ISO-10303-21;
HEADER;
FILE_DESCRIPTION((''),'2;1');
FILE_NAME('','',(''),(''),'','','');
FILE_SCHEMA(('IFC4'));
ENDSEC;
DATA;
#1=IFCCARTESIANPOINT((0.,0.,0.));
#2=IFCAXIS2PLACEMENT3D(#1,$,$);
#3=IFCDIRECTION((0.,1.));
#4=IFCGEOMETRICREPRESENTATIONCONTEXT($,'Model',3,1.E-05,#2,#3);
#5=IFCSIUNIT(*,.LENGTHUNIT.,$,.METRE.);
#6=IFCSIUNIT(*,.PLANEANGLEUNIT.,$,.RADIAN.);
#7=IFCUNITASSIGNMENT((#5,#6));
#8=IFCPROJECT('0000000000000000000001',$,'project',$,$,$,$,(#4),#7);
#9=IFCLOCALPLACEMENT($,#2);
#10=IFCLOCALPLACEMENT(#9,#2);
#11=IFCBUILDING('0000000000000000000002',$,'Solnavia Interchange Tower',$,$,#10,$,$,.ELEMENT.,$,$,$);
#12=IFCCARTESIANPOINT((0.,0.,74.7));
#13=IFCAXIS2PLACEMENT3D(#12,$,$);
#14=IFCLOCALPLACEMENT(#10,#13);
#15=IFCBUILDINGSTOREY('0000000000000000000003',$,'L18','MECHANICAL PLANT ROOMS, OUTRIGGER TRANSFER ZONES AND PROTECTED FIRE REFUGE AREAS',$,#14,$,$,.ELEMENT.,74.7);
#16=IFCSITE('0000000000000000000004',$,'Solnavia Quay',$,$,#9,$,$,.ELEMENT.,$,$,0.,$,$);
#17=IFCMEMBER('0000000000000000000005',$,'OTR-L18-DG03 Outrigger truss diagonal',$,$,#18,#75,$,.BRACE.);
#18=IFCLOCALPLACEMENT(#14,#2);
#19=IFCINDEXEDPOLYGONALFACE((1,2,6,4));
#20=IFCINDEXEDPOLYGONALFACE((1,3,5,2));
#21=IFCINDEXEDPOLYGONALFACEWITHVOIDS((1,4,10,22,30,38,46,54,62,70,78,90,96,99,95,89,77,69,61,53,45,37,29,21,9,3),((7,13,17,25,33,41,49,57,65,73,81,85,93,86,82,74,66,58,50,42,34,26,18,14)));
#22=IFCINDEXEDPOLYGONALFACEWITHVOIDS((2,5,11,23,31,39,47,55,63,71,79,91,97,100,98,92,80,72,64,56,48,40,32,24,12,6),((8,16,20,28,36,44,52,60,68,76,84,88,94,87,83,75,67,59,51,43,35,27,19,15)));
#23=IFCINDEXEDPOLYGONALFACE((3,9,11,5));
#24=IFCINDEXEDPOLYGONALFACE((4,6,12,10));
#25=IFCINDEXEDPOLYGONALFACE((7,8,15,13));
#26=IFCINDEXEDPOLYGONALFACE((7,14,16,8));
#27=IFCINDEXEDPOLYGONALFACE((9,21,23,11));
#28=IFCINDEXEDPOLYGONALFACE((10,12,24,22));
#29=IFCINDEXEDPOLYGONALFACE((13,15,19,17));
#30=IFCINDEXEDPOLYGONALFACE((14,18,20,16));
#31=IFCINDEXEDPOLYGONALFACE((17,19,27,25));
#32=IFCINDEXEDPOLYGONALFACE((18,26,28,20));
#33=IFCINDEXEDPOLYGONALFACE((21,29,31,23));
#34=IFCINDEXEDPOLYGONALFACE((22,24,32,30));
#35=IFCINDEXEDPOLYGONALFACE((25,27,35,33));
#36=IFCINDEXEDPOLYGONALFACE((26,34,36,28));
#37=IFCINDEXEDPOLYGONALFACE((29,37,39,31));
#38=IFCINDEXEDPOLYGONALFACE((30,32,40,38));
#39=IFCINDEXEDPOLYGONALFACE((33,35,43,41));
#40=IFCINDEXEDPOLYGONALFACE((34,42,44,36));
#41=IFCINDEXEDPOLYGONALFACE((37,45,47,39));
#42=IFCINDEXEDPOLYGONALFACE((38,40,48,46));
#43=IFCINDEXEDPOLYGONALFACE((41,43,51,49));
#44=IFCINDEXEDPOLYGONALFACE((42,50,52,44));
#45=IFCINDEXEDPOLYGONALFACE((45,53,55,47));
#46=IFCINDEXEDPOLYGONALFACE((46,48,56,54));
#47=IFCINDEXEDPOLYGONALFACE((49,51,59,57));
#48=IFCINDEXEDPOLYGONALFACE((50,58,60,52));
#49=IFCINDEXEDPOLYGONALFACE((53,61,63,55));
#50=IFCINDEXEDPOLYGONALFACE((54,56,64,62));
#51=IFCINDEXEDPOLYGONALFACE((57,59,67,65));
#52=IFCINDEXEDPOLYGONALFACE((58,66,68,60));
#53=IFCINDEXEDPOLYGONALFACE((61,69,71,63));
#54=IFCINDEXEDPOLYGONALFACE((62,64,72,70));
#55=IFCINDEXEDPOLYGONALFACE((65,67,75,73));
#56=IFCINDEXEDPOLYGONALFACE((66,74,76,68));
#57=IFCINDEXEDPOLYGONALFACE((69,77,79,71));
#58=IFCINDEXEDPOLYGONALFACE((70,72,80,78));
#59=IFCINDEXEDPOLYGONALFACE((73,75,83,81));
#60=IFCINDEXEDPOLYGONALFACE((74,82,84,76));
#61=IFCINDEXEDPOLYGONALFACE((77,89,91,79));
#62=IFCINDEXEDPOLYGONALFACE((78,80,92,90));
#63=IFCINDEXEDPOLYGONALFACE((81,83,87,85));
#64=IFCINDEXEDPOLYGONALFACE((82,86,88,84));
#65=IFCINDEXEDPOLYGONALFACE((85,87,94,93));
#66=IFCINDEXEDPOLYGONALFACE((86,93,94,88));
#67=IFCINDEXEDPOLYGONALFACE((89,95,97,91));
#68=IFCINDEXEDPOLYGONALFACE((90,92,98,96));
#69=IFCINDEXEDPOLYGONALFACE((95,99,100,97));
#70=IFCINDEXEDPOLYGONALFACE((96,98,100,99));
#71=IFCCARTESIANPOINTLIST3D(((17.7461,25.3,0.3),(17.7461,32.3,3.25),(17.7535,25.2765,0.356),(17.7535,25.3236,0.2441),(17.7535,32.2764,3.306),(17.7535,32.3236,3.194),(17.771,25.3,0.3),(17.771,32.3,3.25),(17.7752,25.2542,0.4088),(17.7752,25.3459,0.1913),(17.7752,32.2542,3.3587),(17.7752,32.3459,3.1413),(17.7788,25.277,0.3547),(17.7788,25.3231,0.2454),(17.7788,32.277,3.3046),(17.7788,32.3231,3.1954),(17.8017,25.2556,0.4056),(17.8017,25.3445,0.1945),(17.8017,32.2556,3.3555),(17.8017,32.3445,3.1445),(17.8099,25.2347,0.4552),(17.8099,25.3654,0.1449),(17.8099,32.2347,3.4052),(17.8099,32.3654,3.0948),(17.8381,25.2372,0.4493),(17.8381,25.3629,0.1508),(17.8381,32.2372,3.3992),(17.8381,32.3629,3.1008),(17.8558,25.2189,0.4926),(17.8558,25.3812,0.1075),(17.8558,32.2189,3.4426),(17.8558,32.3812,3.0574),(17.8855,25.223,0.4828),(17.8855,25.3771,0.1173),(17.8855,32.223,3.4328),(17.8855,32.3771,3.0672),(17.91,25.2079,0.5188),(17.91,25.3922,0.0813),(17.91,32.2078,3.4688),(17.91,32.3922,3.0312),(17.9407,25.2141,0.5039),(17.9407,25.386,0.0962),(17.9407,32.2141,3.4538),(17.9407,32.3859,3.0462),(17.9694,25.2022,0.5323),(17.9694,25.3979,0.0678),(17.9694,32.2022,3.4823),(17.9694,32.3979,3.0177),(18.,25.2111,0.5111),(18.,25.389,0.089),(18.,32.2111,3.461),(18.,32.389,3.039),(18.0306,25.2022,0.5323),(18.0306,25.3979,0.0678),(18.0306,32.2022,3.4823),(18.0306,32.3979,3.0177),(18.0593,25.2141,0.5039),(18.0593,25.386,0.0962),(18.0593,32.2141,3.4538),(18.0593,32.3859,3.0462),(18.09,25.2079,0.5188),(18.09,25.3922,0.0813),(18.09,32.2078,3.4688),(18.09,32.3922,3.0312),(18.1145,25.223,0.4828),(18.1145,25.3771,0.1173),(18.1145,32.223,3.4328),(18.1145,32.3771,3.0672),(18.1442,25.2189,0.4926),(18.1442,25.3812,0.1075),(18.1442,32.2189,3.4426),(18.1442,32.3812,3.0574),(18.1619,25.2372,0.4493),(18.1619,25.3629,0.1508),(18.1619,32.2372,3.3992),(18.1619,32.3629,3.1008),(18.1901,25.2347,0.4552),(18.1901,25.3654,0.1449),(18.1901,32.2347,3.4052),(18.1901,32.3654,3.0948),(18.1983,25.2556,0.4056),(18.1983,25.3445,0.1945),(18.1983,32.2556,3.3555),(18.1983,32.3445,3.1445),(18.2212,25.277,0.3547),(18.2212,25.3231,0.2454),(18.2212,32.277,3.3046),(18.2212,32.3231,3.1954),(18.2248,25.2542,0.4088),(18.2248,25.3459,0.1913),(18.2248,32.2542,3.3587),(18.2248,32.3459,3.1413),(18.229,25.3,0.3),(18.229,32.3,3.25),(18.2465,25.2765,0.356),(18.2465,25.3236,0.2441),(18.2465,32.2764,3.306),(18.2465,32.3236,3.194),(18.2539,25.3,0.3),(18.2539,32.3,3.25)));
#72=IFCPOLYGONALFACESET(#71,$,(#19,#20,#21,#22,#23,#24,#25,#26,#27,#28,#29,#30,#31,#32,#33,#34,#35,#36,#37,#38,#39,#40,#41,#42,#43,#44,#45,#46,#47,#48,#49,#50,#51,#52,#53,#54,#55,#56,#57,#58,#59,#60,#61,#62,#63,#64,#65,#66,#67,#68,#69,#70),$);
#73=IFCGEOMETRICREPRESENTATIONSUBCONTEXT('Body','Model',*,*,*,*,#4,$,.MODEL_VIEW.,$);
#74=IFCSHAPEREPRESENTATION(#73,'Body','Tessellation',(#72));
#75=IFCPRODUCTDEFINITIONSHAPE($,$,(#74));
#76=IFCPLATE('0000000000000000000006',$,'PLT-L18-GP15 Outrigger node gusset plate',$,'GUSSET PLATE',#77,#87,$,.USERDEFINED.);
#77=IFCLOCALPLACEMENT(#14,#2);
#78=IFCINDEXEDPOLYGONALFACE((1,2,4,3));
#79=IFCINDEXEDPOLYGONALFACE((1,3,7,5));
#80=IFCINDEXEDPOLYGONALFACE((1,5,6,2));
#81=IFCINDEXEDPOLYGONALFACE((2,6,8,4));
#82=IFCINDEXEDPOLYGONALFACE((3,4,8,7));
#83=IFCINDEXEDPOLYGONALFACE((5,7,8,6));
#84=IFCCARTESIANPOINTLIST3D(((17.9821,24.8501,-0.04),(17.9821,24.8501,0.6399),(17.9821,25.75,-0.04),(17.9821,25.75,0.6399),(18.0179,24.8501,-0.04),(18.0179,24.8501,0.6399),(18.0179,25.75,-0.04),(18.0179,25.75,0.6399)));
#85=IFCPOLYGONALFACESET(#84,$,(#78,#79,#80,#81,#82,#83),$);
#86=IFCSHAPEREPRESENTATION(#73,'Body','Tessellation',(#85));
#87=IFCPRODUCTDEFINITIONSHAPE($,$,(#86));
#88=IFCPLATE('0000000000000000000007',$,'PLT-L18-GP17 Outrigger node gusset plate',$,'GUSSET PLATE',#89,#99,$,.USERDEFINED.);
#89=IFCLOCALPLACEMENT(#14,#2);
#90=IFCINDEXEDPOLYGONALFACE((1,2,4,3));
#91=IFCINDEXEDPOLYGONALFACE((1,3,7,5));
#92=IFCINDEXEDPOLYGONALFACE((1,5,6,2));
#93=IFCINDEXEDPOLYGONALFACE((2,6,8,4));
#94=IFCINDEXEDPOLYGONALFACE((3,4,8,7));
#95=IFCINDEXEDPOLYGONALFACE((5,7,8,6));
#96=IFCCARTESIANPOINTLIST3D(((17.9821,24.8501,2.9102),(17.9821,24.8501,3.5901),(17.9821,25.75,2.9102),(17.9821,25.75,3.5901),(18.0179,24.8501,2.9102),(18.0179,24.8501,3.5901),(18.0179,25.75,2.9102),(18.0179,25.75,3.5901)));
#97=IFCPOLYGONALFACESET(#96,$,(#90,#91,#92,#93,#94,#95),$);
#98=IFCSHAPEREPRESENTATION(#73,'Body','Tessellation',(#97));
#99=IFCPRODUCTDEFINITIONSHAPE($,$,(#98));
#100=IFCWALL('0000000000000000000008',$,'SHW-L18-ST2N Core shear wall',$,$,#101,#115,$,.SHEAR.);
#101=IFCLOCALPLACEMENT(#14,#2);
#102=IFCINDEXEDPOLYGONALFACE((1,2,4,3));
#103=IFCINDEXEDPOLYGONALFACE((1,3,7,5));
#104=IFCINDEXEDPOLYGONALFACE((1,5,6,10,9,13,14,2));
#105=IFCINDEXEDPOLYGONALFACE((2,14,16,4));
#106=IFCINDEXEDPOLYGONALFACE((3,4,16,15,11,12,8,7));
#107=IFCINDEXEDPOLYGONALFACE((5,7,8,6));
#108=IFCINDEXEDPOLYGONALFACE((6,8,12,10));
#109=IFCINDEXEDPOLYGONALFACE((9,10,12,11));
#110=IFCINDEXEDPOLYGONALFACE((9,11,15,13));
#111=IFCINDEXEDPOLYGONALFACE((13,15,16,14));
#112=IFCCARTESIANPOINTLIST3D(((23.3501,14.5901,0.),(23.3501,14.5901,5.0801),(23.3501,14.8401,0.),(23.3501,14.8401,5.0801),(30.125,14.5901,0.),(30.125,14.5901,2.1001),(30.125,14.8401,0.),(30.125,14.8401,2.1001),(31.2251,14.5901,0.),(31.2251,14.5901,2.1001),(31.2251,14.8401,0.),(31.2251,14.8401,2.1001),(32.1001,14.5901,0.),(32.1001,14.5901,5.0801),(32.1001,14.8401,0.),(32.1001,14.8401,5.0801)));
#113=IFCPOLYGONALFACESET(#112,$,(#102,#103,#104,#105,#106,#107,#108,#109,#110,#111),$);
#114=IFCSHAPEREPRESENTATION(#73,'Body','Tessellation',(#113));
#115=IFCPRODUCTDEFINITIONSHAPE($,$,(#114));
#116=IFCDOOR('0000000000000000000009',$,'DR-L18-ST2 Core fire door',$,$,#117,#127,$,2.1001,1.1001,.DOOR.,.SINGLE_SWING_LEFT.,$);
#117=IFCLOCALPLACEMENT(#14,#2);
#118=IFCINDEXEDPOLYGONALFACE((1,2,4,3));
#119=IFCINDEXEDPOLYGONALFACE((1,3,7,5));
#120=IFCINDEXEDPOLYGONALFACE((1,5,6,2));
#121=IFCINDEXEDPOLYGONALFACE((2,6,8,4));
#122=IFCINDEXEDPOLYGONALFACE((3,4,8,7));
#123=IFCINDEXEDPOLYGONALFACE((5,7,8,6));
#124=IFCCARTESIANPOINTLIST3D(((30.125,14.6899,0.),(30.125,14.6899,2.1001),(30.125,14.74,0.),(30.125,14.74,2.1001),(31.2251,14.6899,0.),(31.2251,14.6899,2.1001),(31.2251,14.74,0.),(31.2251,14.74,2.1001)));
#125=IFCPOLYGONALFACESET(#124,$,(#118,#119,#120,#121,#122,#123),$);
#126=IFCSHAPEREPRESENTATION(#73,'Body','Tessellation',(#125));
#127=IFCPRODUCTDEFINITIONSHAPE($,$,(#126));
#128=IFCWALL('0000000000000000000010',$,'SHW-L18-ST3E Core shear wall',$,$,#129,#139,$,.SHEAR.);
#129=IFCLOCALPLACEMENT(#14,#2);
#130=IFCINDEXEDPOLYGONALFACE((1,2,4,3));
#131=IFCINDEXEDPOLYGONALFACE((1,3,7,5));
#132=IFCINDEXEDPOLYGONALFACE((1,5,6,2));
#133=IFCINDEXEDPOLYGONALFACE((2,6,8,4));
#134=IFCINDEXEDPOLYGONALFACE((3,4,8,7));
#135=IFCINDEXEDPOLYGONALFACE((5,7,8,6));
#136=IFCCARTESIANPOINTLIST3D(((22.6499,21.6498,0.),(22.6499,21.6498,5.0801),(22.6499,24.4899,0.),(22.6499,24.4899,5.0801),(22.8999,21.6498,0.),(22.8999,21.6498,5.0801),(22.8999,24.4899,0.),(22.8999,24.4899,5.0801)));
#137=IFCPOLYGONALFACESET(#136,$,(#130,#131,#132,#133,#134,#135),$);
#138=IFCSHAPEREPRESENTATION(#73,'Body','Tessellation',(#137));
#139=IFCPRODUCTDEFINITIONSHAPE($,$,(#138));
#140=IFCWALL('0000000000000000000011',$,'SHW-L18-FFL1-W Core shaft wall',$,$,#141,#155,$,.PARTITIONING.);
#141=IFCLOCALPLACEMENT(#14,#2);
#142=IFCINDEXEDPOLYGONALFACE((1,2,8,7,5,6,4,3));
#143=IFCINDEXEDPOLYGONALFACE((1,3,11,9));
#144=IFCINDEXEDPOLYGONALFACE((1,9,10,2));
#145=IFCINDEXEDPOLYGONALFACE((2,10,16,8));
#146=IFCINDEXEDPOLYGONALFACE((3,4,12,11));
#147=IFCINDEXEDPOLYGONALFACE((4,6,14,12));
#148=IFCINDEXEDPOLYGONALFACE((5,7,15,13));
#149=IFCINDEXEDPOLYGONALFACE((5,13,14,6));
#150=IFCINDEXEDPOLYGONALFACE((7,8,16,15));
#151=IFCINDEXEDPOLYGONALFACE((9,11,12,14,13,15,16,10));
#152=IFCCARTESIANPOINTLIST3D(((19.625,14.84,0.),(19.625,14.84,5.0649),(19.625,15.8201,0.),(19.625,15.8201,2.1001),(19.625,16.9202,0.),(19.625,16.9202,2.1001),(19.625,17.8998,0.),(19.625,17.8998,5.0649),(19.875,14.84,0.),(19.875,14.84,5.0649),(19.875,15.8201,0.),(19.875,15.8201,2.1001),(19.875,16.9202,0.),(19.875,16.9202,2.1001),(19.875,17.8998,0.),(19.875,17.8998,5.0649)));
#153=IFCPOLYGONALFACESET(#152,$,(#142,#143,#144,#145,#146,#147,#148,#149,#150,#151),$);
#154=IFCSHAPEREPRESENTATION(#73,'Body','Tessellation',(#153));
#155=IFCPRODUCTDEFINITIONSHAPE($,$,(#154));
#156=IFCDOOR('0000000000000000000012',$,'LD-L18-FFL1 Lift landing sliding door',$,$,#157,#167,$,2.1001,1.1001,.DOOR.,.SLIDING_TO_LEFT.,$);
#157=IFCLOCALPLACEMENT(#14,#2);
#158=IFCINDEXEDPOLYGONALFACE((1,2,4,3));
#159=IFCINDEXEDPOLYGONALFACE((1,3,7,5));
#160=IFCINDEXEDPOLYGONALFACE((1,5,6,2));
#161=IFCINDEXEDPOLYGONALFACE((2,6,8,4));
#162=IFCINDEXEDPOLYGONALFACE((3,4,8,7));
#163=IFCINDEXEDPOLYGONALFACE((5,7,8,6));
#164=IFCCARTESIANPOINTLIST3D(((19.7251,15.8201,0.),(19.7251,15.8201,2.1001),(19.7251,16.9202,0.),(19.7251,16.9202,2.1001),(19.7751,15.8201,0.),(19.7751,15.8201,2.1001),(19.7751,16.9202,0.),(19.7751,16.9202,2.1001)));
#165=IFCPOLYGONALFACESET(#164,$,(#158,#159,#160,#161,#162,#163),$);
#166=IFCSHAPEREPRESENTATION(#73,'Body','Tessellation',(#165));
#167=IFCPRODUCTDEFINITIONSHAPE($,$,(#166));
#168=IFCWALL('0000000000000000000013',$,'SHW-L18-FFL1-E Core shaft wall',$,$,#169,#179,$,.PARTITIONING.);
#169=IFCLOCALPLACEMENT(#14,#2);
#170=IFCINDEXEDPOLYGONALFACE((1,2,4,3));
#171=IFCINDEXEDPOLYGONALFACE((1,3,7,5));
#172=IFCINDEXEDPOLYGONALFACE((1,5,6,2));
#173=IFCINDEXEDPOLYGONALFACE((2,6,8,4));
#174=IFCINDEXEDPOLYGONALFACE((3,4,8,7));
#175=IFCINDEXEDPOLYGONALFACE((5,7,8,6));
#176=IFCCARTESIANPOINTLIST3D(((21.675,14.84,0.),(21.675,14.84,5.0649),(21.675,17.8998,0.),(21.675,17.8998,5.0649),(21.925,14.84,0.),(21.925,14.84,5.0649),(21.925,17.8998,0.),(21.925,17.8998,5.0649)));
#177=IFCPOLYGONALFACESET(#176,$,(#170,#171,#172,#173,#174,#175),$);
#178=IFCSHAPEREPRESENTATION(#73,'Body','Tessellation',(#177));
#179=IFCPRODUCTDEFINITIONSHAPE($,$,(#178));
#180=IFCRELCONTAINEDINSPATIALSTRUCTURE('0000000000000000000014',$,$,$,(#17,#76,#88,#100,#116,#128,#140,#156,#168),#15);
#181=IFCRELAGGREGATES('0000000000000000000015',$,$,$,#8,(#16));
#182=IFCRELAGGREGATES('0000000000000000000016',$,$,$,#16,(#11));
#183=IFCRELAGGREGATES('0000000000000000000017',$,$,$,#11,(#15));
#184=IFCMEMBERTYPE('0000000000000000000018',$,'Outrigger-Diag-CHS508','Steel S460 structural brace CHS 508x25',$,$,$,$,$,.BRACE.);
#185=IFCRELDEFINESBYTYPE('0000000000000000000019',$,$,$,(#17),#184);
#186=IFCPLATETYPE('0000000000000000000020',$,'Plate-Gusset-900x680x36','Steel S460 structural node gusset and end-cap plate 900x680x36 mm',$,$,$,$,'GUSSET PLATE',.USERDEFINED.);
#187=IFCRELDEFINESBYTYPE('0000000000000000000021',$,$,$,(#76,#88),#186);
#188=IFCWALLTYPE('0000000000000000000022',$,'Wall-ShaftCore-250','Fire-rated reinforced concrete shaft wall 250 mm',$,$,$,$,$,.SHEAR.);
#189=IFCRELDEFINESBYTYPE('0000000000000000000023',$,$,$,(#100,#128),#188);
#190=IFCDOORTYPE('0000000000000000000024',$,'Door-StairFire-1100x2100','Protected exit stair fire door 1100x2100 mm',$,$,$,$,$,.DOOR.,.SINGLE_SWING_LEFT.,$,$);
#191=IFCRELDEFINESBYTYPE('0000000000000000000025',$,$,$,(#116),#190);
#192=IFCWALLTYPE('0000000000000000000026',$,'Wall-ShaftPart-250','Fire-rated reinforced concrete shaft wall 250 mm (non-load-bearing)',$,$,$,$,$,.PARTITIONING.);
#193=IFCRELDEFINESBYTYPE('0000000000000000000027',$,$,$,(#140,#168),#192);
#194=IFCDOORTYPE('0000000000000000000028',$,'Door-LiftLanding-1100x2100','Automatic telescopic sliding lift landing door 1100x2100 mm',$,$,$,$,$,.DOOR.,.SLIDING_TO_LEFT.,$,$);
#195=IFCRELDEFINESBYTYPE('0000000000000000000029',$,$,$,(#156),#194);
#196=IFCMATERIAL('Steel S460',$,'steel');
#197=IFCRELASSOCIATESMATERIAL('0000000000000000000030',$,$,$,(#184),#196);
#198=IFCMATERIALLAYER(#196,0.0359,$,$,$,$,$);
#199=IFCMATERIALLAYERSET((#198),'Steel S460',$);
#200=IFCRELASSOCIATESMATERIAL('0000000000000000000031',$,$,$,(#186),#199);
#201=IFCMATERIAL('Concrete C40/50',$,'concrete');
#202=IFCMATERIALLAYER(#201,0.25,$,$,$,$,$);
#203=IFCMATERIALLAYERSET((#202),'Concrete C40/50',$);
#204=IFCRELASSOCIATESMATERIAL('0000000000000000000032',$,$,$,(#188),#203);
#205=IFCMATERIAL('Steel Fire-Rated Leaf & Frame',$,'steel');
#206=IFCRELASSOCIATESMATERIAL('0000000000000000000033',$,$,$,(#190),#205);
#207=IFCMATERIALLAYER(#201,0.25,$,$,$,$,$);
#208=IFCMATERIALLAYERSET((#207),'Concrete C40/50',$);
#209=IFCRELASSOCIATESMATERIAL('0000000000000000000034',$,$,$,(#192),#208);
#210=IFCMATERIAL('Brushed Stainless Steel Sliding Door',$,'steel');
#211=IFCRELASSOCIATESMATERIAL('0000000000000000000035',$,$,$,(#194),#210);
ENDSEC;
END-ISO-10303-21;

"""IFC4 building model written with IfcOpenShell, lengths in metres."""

from ifc_helpers import new_model, si_unit, direction, frame, frame_2d, origin, origin_2d, place, context, subcontext, project, spatial, rectangle, hollow_circle, extrude, material, layer, layer_set, material_profile, profile_set, type_object, element, fill, save


model = new_model("IFC4")

# Units and contexts
model_context = context("Model", 3, precision=1e-05, world=origin(), true_north=direction((0.0, 1.0)))
body_context = subcontext(model_context, "Body", "Model", "MODEL_VIEW")
ifc_project = project(units=[si_unit("LENGTHUNIT", "METRE"), si_unit("PLANEANGLEUNIT", "RADIAN")], contexts=[model_context])

# Site, building, storey
site_placement = place(None, origin())
site = spatial("IfcSite", under=ifc_project, at=site_placement, Name="Solnavia Quay", CompositionType="ELEMENT", RefElevation=0.0)
building_placement = place(site_placement, origin())
building = spatial("IfcBuilding", under=site, at=building_placement, Name="Solnavia Interchange Tower", CompositionType="ELEMENT")
storey_placement = place(building_placement, frame((0.0, 0.0, 74.7)))
storey = spatial("IfcBuildingStorey", under=building, at=storey_placement, Name="L18", Description="MECHANICAL PLANT ROOMS, OUTRIGGER TRANSFER ZONES AND PROTECTED FIRE REFUGE AREAS", CompositionType="ELEMENT", Elevation=74.7)

# Shared definitions
ifc_material_1 = material(Name="Steel S460", Category="steel")

# Member
ifc_material_profile_1 = material_profile(ifc_material_1, hollow_circle(Radius=0.2539, WallThickness=0.0249, at=origin_2d()), Name="CHS 508x25")
ifc_profile_set_1 = profile_set([ifc_material_profile_1], Name="Steel S460")
member_type_1 = type_object("IfcMemberType", Name="Outrigger-Diag-CHS508", Description="Steel S460 structural brace CHS 508x25", PredefinedType="BRACE", material=ifc_profile_set_1)
member_1_placement = place(storey_placement, frame((18.0, 25.3, 0.3), z_axis=(0.0, 0.921514, 0.388346), x_axis=(-1.0, 0.0, 0.0)))
element("IfcMember", 1, at=member_1_placement, inside=storey, type_object=member_type_1, Name="OTR-L18-DG03 Outrigger truss diagonal", PredefinedType="BRACE", context=body_context, shape_type="SweptSolid", body=[
    extrude(hollow_circle(Radius=0.2539, WallThickness=0.0249, at=origin_2d()), origin(), (0.0, 0.0, 1.0), 7.5962),
])

# Plates
ifc_layer_1 = layer(ifc_material_1, 0.0359)
ifc_layer_set_1 = layer_set([ifc_layer_1], Name="Steel S460")
plate_type = type_object("IfcPlateType", Name="Plate-Gusset-900x680x36", Description="Steel S460 structural node gusset and end-cap plate 900x680x36 mm", ElementType="GUSSET PLATE", PredefinedType="USERDEFINED", material=ifc_layer_set_1)
for number, where, z_axis, x_axis, name in (
    (2, (18.0, 25.3, -0.04), (0.0, 0.0, 1.0), (0.0, 1.0, 0.0), "PLT-L18-GP15 Outrigger node gusset plate"),
    (3, (18.0, 25.3, 2.9102), (0.0, 0.0, 1.0), (0.0, 1.0, 0.0), "PLT-L18-GP17 Outrigger node gusset plate"),
):
    element("IfcPlate", number, at=place(storey_placement, frame(where, z_axis=z_axis, x_axis=x_axis)), inside=storey, type_object=plate_type, Name=name, ObjectType="GUSSET PLATE", PredefinedType="USERDEFINED", context=body_context, shape_type="SweptSolid", body=[
        extrude(rectangle(XDim=0.8999, YDim=0.0359, at=origin_2d()), origin(), (0.0, 0.0, 1.0), 0.6799),
    ])

# Wall, opening, door
ifc_material_2 = material(Name="Concrete C40/50", Category="concrete")
ifc_layer_2 = layer(ifc_material_2, 0.25)
ifc_layer_set_2 = layer_set([ifc_layer_2], Name="Concrete C40/50")
wall_type_1 = type_object("IfcWallType", Name="Wall-ShaftCore-250", Description="Fire-rated reinforced concrete shaft wall 250 mm", PredefinedType="SHEAR", material=ifc_layer_set_2)
wall_1_placement = place(storey_placement, frame((23.3501, 14.7151, 0.0), z_axis=(0.0, 0.0, 1.0), x_axis=(1.0, 0.0, 0.0)))
wall_1 = element("IfcWall", 4, at=wall_1_placement, inside=storey, type_object=wall_type_1, Name="SHW-L18-ST2N Core shear wall", PredefinedType="SHEAR", context=body_context, shape_type="SweptSolid", body=[
    extrude(rectangle(XDim=8.75, YDim=0.25, at=frame_2d((4.375, 0.0))), origin(), (0.0, 0.0, 1.0), 5.0801),
])
opening_1_placement = place(wall_1_placement, frame((6.7749, 0.0, 0.0)))
opening_1 = element("IfcOpeningElement", 5, at=opening_1_placement, cuts=wall_1, PredefinedType="OPENING", context=body_context, shape_type="SweptSolid", body=[
    extrude(rectangle(XDim=1.1001, YDim=2.1001, at=frame_2d((0.55, 1.05))), frame((0.0, 0.135, 0.0), z_axis=(0.0, -1.0, 0.0), x_axis=(1.0, 0.0, 0.0)), (0.0, 0.0, 1.0), 0.27),
])
ifc_material_3 = material(Name="Steel Fire-Rated Leaf & Frame", Category="steel")
door_type_1 = type_object("IfcDoorType", Name="Door-StairFire-1100x2100", Description="Protected exit stair fire door 1100x2100 mm", OperationType="SINGLE_SWING_LEFT", PredefinedType="DOOR", material=ifc_material_3)
door_1_placement = place(opening_1_placement, origin())
door_1 = element("IfcDoor", 6, at=door_1_placement, inside=storey, type_object=door_type_1, Name="DR-L18-ST2 Core fire door", OperationType="SINGLE_SWING_LEFT", OverallHeight=2.1001, OverallWidth=1.1001, PredefinedType="DOOR", context=body_context, shape_type="SweptSolid", body=[
    extrude(rectangle(XDim=1.1001, YDim=2.1001, at=frame_2d((0.55, 1.05))), frame((0.0, 0.0249, 0.0), z_axis=(0.0, -1.0, 0.0), x_axis=(1.0, 0.0, 0.0)), (0.0, 0.0, 1.0), 0.05),
])
fill(opening_1, door_1)

# Wall
wall_2_placement = place(storey_placement, frame((22.7749, 21.6499, 0.0), z_axis=(0.0, 0.0, 1.0), x_axis=(0.0, 1.0, 0.0)))
element("IfcWall", 7, at=wall_2_placement, inside=storey, type_object=wall_type_1, Name="SHW-L18-ST3E Core shear wall", PredefinedType="SHEAR", context=body_context, shape_type="SweptSolid", body=[
    extrude(rectangle(XDim=2.8401, YDim=0.25, at=frame_2d((1.4199, 0.0))), origin(), (0.0, 0.0, 1.0), 5.0801),
])

# Wall, opening, door
ifc_layer_3 = layer(ifc_material_2, 0.25)
ifc_layer_set_3 = layer_set([ifc_layer_3], Name="Concrete C40/50")
wall_type_2 = type_object("IfcWallType", Name="Wall-ShaftPart-250", Description="Fire-rated reinforced concrete shaft wall 250 mm (non-load-bearing)", PredefinedType="PARTITIONING", material=ifc_layer_set_3)
wall_3_placement = place(storey_placement, frame((19.75, 14.8401, 0.0), z_axis=(0.0, 0.0, 1.0), x_axis=(0.0, 1.0, 0.0)))
wall_3 = element("IfcWall", 8, at=wall_3_placement, inside=storey, type_object=wall_type_2, Name="SHW-L18-FFL1-W Core shaft wall", PredefinedType="PARTITIONING", context=body_context, shape_type="SweptSolid", body=[
    extrude(rectangle(XDim=3.0598, YDim=0.25, at=frame_2d((1.5298, 0.0))), origin(), (0.0, 0.0, 1.0), 5.0649),
])
opening_2_placement = place(wall_3_placement, frame((0.98, 0.0, 0.0)))
opening_2 = element("IfcOpeningElement", 9, at=opening_2_placement, cuts=wall_3, PredefinedType="OPENING", context=body_context, shape_type="SweptSolid", body=[
    extrude(rectangle(XDim=1.1001, YDim=2.1001, at=frame_2d((0.55, 1.05))), frame((0.0, 0.135, 0.0), z_axis=(0.0, -1.0, 0.0), x_axis=(1.0, 0.0, 0.0)), (0.0, 0.0, 1.0), 0.27),
])
ifc_material_4 = material(Name="Brushed Stainless Steel Sliding Door", Category="steel")
door_type_2 = type_object("IfcDoorType", Name="Door-LiftLanding-1100x2100", Description="Automatic telescopic sliding lift landing door 1100x2100 mm", OperationType="SLIDING_TO_LEFT", PredefinedType="DOOR", material=ifc_material_4)
door_2_placement = place(opening_2_placement, origin())
door_2 = element("IfcDoor", 10, at=door_2_placement, inside=storey, type_object=door_type_2, Name="LD-L18-FFL1 Lift landing sliding door", OperationType="SLIDING_TO_LEFT", OverallHeight=2.1001, OverallWidth=1.1001, PredefinedType="DOOR", context=body_context, shape_type="SweptSolid", body=[
    extrude(rectangle(XDim=1.1001, YDim=2.1001, at=frame_2d((0.55, 1.05))), frame((0.0, 0.0249, 0.0), z_axis=(0.0, -1.0, 0.0), x_axis=(1.0, 0.0, 0.0)), (0.0, 0.0, 1.0), 0.05),
])
fill(opening_2, door_2)

# Wall
wall_4_placement = place(storey_placement, frame((21.8, 14.8401, 0.0), z_axis=(0.0, 0.0, 1.0), x_axis=(0.0, 1.0, 0.0)))
element("IfcWall", 11, at=wall_4_placement, inside=storey, type_object=wall_type_2, Name="SHW-L18-FFL1-E Core shaft wall", PredefinedType="PARTITIONING", context=body_context, shape_type="SweptSolid", body=[
    extrude(rectangle(XDim=3.0598, YDim=0.25, at=frame_2d((1.5298, 0.0))), origin(), (0.0, 0.0, 1.0), 5.0649),
])

save(model, "model.ifc")
